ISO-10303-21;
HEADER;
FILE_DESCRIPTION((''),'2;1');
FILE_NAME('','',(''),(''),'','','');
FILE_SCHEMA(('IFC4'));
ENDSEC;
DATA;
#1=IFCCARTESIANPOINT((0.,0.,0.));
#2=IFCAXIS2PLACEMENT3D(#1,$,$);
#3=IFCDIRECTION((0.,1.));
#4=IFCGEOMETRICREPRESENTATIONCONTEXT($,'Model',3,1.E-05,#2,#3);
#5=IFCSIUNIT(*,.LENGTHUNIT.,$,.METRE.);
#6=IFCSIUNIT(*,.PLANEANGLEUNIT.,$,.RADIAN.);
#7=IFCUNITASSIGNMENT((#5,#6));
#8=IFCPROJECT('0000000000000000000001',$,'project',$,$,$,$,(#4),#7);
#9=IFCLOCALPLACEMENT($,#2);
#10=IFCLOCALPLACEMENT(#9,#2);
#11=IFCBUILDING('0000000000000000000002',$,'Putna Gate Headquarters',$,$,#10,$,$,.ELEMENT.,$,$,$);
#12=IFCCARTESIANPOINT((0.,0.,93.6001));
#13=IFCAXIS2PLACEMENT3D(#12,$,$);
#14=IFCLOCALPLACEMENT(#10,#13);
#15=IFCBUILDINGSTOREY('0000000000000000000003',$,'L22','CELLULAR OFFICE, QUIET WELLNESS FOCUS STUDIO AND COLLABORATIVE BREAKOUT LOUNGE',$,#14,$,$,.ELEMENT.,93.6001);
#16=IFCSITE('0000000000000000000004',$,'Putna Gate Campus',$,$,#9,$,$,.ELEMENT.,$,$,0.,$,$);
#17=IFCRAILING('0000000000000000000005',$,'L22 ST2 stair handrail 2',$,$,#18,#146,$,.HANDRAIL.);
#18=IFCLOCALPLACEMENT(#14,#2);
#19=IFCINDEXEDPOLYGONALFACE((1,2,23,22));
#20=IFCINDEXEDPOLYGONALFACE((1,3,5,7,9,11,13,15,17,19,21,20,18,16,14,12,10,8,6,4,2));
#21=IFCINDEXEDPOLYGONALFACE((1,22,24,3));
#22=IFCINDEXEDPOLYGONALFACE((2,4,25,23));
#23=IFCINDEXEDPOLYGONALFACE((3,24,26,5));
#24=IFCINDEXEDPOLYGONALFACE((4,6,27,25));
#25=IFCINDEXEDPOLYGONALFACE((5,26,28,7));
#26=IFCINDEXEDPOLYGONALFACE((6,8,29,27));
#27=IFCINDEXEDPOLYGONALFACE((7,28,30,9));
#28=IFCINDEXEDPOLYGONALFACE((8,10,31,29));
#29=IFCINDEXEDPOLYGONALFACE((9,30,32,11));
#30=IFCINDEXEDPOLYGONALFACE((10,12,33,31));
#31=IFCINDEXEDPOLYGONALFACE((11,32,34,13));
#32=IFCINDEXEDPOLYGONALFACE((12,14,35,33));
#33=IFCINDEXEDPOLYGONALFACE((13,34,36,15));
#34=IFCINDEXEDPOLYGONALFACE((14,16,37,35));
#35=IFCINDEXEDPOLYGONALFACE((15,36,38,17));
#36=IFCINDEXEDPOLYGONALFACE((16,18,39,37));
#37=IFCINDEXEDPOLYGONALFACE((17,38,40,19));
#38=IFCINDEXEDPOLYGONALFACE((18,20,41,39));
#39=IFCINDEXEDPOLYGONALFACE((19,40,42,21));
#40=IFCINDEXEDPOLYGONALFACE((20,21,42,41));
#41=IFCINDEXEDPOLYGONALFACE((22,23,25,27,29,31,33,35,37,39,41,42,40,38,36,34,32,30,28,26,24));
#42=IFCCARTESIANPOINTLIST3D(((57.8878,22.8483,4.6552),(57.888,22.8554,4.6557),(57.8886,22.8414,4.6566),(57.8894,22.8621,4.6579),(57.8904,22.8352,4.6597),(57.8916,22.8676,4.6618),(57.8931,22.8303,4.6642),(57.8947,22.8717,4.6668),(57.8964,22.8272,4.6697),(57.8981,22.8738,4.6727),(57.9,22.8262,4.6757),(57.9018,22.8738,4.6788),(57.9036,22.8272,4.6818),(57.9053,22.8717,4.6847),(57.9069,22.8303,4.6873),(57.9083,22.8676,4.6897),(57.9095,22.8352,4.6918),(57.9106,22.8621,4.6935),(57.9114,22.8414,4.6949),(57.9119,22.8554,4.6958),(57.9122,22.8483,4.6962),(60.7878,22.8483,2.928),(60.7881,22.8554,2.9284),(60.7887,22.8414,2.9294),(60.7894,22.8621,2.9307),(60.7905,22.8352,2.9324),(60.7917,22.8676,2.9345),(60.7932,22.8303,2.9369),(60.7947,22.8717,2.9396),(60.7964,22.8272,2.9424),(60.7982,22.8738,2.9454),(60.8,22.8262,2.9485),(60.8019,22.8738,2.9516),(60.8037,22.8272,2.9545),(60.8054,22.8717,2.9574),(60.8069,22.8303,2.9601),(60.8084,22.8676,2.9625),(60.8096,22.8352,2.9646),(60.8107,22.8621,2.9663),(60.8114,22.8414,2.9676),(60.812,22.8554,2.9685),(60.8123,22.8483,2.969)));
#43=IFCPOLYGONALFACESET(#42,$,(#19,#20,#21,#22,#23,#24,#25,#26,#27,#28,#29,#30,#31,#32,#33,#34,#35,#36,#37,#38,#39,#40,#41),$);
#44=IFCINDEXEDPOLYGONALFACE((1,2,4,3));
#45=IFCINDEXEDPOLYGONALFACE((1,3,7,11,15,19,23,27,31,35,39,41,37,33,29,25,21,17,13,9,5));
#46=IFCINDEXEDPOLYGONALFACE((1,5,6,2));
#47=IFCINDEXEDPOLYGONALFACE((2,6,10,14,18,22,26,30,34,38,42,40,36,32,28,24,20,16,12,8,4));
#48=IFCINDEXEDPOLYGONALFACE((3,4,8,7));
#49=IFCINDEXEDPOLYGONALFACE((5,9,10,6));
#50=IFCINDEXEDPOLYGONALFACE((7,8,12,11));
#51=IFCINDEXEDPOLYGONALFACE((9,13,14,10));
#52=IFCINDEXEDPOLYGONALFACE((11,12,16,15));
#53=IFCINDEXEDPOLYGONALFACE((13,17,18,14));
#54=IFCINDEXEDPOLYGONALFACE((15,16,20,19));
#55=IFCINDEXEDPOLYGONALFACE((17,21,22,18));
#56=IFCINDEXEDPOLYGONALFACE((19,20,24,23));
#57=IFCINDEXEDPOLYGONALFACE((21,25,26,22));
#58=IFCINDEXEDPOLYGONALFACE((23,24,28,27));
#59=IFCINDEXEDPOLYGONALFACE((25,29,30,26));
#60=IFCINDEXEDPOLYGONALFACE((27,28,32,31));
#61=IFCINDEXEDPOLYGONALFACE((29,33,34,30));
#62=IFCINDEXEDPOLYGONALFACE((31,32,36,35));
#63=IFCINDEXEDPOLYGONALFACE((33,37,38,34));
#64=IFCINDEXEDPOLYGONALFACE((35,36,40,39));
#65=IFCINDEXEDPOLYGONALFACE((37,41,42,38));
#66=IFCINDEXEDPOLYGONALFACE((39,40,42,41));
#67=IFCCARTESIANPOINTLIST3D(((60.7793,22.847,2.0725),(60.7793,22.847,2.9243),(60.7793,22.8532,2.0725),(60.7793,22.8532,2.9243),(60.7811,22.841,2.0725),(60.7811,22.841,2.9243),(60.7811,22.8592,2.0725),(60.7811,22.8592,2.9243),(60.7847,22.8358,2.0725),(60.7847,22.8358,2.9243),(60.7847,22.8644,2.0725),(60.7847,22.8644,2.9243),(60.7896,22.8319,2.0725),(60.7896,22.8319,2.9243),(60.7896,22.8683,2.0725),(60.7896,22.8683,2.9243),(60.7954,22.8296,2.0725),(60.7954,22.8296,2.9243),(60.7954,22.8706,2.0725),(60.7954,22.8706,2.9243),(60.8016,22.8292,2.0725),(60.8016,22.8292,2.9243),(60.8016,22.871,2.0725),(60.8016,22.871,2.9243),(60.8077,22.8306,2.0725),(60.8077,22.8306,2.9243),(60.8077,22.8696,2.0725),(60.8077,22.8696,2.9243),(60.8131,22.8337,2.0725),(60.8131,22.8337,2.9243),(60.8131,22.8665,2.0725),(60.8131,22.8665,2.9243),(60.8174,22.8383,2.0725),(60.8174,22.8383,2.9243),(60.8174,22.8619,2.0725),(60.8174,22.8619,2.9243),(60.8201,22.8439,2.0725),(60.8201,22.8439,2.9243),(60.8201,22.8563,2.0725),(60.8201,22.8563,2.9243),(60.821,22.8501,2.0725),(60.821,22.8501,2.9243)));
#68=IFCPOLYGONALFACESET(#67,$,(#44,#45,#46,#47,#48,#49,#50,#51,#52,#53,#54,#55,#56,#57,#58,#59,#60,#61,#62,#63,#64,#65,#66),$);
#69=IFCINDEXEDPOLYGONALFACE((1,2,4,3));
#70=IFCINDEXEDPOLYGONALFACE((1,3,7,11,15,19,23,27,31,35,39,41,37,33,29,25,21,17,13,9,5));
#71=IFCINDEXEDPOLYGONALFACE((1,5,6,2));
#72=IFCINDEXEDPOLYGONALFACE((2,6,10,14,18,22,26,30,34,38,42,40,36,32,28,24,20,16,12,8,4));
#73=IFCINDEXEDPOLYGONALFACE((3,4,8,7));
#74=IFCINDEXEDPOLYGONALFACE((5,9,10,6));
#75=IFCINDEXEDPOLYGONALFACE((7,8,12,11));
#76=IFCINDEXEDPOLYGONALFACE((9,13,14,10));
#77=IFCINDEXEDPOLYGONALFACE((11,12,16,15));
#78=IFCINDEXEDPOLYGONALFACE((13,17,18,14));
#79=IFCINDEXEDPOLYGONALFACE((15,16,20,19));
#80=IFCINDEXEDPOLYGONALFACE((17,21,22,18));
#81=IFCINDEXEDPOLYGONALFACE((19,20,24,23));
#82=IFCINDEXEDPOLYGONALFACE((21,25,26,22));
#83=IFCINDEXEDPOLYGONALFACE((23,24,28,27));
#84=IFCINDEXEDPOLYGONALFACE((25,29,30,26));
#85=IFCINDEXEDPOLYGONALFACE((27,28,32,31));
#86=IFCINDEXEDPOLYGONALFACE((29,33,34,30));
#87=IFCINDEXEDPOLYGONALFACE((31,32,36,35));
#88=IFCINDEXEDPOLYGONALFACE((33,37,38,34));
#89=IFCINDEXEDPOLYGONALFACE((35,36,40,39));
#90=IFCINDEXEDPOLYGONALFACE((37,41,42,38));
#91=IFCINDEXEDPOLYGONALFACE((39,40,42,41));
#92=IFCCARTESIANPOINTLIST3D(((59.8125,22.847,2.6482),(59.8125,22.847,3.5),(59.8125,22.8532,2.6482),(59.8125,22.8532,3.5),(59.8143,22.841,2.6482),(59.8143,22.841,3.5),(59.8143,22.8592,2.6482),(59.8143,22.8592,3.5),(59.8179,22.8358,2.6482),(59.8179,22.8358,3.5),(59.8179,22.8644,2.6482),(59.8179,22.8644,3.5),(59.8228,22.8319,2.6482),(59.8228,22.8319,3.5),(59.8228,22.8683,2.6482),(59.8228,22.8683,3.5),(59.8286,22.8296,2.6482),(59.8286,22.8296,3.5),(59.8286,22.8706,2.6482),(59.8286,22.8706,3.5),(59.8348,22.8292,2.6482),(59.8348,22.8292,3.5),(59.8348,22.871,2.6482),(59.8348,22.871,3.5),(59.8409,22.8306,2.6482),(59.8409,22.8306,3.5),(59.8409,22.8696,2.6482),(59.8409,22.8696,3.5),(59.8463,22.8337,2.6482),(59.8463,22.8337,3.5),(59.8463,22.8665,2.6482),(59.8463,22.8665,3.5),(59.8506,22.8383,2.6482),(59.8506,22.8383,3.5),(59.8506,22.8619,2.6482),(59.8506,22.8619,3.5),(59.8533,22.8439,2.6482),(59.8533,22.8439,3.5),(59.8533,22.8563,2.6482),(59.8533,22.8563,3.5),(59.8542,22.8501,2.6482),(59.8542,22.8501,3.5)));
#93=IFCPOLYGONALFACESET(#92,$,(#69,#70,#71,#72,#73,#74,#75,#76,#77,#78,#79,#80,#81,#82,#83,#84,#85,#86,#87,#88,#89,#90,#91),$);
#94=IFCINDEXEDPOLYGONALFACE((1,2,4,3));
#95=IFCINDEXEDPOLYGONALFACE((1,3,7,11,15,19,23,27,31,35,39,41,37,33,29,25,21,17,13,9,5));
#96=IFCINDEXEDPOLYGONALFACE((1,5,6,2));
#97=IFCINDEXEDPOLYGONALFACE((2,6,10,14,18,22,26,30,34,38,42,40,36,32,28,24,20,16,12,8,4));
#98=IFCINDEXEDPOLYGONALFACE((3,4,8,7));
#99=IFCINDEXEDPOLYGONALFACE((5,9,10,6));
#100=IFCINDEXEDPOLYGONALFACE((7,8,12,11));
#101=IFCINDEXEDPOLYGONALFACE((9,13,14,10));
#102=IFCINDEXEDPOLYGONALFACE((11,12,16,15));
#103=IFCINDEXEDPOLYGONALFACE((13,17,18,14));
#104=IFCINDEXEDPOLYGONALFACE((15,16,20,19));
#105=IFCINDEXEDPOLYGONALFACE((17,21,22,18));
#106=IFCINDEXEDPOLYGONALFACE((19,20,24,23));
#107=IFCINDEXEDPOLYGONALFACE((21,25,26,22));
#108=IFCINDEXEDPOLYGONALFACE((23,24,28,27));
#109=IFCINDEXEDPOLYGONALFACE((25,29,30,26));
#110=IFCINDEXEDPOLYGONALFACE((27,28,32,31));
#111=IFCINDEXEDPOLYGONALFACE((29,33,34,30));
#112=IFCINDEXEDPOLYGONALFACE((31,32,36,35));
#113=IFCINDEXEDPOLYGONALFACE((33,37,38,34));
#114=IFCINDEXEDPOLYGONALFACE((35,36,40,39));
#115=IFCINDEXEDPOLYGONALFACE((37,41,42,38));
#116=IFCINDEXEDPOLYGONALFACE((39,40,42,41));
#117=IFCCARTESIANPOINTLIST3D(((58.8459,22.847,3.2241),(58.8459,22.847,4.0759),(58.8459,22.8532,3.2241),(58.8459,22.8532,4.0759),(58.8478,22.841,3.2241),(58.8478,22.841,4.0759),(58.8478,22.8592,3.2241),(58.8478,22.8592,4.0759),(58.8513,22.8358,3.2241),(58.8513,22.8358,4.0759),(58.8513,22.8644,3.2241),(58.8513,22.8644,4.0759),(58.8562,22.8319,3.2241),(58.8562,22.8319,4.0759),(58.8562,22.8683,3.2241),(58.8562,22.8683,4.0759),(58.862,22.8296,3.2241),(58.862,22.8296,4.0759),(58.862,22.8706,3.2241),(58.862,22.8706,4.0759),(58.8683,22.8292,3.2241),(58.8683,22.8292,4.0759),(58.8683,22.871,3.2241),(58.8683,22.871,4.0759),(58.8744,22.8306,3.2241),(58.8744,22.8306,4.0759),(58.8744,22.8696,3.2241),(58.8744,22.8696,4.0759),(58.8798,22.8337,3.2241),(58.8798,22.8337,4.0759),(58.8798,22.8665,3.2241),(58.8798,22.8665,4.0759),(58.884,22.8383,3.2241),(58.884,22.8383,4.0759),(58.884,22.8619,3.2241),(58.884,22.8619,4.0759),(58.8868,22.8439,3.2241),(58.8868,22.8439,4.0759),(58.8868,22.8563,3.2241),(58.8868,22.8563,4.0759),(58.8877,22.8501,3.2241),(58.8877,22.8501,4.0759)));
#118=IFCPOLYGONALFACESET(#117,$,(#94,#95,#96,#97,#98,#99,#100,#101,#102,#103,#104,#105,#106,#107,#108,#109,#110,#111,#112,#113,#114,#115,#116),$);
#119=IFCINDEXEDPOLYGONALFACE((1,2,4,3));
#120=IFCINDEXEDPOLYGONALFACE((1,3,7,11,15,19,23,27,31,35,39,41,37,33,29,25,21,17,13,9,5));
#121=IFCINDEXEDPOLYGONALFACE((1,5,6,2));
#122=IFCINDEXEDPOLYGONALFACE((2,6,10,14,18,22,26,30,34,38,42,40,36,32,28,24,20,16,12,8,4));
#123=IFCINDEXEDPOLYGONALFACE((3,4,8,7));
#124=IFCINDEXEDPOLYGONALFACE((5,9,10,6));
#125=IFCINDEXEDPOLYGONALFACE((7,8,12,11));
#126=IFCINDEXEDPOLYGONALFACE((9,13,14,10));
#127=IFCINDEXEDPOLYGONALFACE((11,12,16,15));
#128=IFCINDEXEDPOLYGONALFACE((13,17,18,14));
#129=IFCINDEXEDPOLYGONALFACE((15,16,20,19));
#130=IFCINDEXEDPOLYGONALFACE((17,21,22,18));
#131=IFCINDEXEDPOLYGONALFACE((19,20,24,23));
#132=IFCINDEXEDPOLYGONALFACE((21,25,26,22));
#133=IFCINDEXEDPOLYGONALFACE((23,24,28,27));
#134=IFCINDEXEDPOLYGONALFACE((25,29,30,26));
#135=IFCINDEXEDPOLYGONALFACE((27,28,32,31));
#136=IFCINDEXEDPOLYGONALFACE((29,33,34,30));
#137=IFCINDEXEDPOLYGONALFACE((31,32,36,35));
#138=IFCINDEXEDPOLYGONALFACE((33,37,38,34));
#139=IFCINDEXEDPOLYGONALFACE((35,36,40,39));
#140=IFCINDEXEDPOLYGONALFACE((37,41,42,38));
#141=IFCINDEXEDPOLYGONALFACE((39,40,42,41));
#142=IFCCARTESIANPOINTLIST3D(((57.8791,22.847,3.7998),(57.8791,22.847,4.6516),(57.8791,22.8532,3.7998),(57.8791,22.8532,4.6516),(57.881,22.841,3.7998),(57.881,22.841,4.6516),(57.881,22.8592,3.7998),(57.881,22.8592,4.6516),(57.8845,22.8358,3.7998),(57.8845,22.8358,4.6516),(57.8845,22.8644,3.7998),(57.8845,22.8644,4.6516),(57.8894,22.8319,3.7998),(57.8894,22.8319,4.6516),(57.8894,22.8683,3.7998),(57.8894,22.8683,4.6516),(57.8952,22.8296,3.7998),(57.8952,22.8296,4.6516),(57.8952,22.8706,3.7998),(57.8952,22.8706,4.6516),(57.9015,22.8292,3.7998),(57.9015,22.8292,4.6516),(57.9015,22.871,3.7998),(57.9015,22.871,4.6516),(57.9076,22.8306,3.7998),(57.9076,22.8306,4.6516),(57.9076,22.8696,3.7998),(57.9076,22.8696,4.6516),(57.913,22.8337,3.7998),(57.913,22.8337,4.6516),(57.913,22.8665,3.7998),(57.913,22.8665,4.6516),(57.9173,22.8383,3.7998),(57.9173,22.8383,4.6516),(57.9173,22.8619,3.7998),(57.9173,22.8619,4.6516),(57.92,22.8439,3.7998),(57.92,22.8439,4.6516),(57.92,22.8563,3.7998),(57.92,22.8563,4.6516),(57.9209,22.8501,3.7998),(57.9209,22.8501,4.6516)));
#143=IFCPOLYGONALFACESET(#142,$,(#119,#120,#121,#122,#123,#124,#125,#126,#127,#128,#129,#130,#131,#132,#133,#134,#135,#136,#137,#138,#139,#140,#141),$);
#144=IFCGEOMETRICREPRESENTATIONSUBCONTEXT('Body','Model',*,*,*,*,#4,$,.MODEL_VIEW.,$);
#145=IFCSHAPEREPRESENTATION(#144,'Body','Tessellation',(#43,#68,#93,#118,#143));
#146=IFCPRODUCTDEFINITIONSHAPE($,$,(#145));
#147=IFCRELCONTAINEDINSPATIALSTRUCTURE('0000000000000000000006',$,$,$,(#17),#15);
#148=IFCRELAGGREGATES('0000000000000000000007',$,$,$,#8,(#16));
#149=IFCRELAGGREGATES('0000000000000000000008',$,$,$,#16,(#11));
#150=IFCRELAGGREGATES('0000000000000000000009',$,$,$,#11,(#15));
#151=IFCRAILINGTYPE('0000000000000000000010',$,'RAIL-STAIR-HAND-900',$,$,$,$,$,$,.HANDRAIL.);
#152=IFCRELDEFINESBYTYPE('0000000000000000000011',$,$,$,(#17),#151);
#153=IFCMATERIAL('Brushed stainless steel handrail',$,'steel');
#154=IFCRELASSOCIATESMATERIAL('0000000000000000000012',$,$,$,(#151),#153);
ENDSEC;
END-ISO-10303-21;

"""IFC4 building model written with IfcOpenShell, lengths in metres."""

from ifc_helpers import new_model, si_unit, direction, frame, origin, origin_2d, place, context, subcontext, project, spatial, circle, extrude, material, type_object, element, save


model = new_model("IFC4")

# Units and contexts
model_context = context("Model", 3, precision=1e-05, world=origin(), true_north=direction((0.0, 1.0)))
body_context = subcontext(model_context, "Body", "Model", "MODEL_VIEW")
ifc_project = project(units=[si_unit("LENGTHUNIT", "METRE"), si_unit("PLANEANGLEUNIT", "RADIAN")], contexts=[model_context])

# Site, building, storey
site_placement = place(None, origin())
site = spatial("IfcSite", under=ifc_project, at=site_placement, Name="Putna Gate Campus", CompositionType="ELEMENT", RefElevation=0.0)
building_placement = place(site_placement, origin())
building = spatial("IfcBuilding", under=site, at=building_placement, Name="Putna Gate Headquarters", CompositionType="ELEMENT")
storey_placement = place(building_placement, frame((0.0, 0.0, 93.6001)))
storey = spatial("IfcBuildingStorey", under=building, at=storey_placement, Name="L22", Description="CELLULAR OFFICE, QUIET WELLNESS FOCUS STUDIO AND COLLABORATIVE BREAKOUT LOUNGE", CompositionType="ELEMENT", Elevation=93.6001)

# Railing
ifc_material_1 = material(Name="Brushed stainless steel handrail", Category="steel")
railing_type_1 = type_object("IfcRailingType", Name="RAIL-STAIR-HAND-900", PredefinedType="HANDRAIL", material=ifc_material_1)
railing_1_placement = place(storey_placement, frame((60.8, 22.8501, 2.0725)))
element("IfcRailing", 1, at=railing_1_placement, inside=storey, type_object=railing_type_1, Name="L22 ST2 stair handrail 2", PredefinedType="HANDRAIL", context=body_context, shape_type="SweptSolid", body=[
    extrude(circle(Radius=0.0239, at=origin_2d()), frame((0.0, 0.0, 0.876), z_axis=(-0.85916, 0.0, 0.511706), x_axis=(0.0, -1.0, 0.0)), (0.0, 0.0, 1.0), 3.3755),
    extrude(circle(Radius=0.021, at=origin_2d()), origin(), (0.0, 0.0, 1.0), 0.8518),
    extrude(circle(Radius=0.021, at=origin_2d()), frame((-0.9668, 0.0, 0.5757)), (0.0, 0.0, 1.0), 0.8518),
    extrude(circle(Radius=0.021, at=origin_2d()), frame((-1.9333, 0.0, 1.1516)), (0.0, 0.0, 1.0), 0.8518),
    extrude(circle(Radius=0.021, at=origin_2d()), frame((-2.9001, 0.0, 1.7273)), (0.0, 0.0, 1.0), 0.8518),
])

save(model, "model.ifc")
